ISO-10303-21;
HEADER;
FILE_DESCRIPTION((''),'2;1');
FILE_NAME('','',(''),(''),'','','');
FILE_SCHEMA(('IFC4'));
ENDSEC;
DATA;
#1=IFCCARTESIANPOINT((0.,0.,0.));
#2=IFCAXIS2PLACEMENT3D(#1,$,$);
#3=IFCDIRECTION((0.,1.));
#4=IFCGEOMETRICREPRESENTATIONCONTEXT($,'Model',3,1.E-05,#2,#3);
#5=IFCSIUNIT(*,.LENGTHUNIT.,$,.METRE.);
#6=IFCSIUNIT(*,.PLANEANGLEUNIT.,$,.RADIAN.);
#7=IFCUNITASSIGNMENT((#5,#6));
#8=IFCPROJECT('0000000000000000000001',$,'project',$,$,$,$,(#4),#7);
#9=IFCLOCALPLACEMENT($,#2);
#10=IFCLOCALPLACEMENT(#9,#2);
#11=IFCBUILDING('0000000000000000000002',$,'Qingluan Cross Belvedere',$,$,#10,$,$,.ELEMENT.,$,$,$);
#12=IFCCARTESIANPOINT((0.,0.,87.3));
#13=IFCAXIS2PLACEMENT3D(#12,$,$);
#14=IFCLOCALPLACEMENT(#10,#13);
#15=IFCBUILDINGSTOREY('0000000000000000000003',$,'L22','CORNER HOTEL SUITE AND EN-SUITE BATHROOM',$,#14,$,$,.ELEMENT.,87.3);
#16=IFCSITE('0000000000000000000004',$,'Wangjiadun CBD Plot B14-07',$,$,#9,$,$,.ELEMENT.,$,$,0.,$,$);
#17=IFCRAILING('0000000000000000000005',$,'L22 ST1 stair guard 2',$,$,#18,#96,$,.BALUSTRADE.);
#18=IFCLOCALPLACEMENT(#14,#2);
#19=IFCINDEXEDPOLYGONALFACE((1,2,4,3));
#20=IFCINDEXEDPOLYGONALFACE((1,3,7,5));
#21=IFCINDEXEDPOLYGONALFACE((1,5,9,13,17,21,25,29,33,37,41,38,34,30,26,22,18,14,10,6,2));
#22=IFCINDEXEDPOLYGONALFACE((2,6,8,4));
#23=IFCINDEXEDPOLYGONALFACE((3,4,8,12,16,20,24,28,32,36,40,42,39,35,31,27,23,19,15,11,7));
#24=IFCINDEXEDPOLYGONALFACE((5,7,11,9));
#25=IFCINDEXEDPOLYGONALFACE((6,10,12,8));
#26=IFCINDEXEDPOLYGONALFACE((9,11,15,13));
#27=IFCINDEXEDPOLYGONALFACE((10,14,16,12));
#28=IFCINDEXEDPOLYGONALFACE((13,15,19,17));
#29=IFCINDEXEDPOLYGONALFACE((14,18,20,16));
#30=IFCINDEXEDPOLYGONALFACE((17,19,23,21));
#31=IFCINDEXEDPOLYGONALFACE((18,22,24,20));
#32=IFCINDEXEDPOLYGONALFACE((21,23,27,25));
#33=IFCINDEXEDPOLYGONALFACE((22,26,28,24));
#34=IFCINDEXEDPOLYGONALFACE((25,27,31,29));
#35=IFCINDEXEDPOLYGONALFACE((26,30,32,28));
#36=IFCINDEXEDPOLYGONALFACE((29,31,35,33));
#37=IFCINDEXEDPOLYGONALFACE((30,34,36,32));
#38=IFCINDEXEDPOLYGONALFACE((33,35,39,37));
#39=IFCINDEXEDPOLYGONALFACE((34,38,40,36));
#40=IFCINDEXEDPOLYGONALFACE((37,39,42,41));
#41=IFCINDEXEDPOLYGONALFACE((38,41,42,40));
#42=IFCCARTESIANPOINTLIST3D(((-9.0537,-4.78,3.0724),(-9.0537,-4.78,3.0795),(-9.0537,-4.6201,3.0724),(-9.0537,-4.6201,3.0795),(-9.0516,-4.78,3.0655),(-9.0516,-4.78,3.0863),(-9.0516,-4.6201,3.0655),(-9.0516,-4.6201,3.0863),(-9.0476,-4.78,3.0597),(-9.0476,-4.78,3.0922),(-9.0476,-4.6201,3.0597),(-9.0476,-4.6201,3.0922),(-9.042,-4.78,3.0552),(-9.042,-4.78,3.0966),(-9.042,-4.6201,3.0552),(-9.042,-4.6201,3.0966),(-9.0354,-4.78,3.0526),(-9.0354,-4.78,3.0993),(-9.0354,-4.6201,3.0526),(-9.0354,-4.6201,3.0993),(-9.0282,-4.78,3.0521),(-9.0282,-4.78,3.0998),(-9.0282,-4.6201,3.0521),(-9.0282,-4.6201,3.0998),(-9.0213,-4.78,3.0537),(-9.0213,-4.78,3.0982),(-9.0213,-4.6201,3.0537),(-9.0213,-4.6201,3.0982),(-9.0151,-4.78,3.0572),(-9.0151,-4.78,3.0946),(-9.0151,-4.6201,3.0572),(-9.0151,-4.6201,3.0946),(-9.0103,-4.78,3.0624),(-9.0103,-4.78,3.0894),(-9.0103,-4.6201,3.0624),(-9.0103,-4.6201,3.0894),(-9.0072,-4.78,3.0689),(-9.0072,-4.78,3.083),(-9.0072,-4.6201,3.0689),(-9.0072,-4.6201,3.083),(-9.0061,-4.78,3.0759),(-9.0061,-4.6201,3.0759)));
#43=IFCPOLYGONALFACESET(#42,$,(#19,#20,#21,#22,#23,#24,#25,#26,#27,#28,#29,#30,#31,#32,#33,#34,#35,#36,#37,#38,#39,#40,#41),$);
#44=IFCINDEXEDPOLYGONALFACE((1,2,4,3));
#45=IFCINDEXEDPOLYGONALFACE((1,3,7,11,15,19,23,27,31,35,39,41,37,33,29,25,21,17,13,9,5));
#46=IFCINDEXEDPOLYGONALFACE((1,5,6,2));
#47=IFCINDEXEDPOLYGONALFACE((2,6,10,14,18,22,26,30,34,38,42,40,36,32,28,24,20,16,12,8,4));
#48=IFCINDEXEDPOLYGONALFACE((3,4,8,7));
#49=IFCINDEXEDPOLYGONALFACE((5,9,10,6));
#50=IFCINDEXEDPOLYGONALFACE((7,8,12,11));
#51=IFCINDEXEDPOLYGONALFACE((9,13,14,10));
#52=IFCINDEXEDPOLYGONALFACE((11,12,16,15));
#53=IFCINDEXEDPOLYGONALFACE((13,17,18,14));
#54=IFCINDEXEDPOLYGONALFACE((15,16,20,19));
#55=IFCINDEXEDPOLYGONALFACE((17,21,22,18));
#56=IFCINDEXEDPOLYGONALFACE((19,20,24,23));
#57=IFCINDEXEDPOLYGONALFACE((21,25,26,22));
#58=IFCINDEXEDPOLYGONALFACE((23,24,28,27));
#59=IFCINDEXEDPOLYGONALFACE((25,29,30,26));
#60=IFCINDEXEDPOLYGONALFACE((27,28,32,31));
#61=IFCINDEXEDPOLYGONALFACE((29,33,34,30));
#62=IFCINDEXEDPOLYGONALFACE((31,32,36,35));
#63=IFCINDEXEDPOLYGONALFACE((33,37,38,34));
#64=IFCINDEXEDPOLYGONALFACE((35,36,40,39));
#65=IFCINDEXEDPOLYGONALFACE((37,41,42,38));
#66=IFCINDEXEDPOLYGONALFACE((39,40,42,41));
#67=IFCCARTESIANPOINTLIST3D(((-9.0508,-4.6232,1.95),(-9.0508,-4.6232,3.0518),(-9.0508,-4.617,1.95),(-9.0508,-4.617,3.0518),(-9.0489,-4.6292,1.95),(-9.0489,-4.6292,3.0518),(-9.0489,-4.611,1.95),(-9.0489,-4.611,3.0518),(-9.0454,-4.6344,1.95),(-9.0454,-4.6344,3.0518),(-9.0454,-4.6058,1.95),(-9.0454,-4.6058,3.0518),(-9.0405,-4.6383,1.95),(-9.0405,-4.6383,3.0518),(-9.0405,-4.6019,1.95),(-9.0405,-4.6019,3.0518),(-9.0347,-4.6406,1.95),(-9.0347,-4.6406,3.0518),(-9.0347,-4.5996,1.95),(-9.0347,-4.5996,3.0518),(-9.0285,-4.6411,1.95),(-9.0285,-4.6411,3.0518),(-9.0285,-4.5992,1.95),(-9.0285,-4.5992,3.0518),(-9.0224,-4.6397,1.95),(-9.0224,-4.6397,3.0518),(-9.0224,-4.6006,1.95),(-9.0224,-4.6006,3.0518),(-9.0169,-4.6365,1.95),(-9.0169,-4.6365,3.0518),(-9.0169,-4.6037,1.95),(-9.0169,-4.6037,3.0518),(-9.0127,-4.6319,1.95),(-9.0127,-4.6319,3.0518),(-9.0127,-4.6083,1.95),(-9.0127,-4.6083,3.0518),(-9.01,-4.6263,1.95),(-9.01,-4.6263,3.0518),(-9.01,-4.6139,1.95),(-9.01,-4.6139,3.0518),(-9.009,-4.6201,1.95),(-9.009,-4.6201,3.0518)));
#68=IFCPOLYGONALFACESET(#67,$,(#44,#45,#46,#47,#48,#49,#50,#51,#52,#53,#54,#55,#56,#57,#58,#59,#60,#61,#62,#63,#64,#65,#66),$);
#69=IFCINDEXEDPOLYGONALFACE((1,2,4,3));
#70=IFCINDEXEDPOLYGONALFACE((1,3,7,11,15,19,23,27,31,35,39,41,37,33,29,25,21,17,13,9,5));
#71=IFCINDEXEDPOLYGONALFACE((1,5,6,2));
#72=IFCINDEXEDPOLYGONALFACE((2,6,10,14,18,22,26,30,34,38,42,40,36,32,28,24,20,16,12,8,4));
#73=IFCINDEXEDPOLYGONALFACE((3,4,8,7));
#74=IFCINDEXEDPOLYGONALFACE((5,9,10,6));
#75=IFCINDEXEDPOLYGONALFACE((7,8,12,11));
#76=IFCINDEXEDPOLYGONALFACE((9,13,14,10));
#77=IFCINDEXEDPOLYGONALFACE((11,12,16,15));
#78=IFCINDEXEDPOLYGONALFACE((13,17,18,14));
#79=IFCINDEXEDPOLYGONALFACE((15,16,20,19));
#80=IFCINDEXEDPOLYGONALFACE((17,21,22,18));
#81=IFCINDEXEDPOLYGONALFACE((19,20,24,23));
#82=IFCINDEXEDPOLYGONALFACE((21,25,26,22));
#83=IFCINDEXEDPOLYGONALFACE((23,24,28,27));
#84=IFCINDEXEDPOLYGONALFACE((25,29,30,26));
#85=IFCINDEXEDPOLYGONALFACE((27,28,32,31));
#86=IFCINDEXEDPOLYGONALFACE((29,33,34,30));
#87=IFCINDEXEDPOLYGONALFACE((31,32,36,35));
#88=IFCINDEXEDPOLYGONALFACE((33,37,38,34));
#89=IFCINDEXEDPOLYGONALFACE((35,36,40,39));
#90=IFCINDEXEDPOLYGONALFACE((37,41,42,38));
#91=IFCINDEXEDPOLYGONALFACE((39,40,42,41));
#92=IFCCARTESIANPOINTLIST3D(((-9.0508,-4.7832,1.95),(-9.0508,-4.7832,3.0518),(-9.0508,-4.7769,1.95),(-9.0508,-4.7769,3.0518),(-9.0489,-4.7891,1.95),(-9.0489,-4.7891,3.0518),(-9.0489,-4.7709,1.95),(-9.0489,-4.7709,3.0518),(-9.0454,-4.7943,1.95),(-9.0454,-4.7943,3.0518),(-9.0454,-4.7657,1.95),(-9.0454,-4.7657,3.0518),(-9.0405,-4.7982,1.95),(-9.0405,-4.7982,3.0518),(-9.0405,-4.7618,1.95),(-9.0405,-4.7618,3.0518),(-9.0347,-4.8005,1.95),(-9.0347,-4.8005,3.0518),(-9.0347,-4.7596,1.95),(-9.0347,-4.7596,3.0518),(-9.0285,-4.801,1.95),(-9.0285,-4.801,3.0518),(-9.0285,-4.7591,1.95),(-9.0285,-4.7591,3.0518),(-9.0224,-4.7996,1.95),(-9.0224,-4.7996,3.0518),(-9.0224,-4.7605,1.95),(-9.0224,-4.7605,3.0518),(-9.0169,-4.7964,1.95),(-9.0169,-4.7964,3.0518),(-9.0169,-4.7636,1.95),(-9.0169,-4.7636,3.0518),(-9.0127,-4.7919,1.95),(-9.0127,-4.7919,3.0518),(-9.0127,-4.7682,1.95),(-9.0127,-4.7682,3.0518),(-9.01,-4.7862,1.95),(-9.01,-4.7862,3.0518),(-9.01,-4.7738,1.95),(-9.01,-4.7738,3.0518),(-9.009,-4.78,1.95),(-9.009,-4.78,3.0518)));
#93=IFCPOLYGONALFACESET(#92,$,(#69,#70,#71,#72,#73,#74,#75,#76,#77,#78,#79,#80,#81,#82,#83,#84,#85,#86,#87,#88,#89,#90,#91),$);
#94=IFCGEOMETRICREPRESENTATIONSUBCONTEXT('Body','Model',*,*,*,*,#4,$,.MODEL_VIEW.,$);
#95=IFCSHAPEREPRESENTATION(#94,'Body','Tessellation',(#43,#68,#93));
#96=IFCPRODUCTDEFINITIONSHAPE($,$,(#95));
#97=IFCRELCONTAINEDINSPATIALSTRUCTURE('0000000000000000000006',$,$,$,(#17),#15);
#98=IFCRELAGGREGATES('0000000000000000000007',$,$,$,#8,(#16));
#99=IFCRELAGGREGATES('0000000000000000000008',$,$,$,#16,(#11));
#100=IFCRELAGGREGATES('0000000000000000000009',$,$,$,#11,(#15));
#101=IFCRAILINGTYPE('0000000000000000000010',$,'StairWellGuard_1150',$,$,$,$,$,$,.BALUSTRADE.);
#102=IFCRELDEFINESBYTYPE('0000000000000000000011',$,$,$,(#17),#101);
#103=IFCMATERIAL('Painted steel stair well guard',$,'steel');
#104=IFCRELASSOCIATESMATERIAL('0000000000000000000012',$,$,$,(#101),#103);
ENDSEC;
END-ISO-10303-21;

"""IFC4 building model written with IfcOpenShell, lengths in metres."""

from ifc_helpers import new_model, si_unit, direction, frame, origin, origin_2d, place, context, subcontext, project, spatial, circle, extrude, material, type_object, element, save


model = new_model("IFC4")

# Units and contexts
model_context = context("Model", 3, precision=1e-05, world=origin(), true_north=direction((0.0, 1.0)))
body_context = subcontext(model_context, "Body", "Model", "MODEL_VIEW")
ifc_project = project(units=[si_unit("LENGTHUNIT", "METRE"), si_unit("PLANEANGLEUNIT", "RADIAN")], contexts=[model_context])

# Site, building, storey
site_placement = place(None, origin())
site = spatial("IfcSite", under=ifc_project, at=site_placement, Name="Wangjiadun CBD Plot B14-07", CompositionType="ELEMENT", RefElevation=0.0)
building_placement = place(site_placement, origin())
building = spatial("IfcBuilding", under=site, at=building_placement, Name="Qingluan Cross Belvedere", CompositionType="ELEMENT")
storey_placement = place(building_placement, frame((0.0, 0.0, 87.3)))
storey = spatial("IfcBuildingStorey", under=building, at=storey_placement, Name="L22", Description="CORNER HOTEL SUITE AND EN-SUITE BATHROOM", CompositionType="ELEMENT", Elevation=87.3)

# Railing
ifc_material_1 = material(Name="Painted steel stair well guard", Category="steel")
railing_type_1 = type_object("IfcRailingType", Name="StairWellGuard_1150", PredefinedType="BALUSTRADE", material=ifc_material_1)
railing_1_placement = place(storey_placement, frame((-9.03, -4.6201, 1.95)))
element("IfcRailing", 1, at=railing_1_placement, inside=storey, type_object=railing_type_1, Name="L22 ST1 stair guard 2", PredefinedType="BALUSTRADE", context=body_context, shape_type="SweptSolid", body=[
    extrude(circle(Radius=0.0239, at=origin_2d()), frame((0.0, 0.0, 1.126), z_axis=(0.0, -1.0, 0.0), x_axis=(1.0, 0.0, 0.0)), (0.0, 0.0, 1.0), 0.1599),
    extrude(circle(Radius=0.021, at=origin_2d()), origin(), (0.0, 0.0, 1.0), 1.1018),
    extrude(circle(Radius=0.021, at=origin_2d()), frame((0.0, -0.1599, 0.0)), (0.0, 0.0, 1.0), 1.1018),
])

save(model, "model.ifc")
